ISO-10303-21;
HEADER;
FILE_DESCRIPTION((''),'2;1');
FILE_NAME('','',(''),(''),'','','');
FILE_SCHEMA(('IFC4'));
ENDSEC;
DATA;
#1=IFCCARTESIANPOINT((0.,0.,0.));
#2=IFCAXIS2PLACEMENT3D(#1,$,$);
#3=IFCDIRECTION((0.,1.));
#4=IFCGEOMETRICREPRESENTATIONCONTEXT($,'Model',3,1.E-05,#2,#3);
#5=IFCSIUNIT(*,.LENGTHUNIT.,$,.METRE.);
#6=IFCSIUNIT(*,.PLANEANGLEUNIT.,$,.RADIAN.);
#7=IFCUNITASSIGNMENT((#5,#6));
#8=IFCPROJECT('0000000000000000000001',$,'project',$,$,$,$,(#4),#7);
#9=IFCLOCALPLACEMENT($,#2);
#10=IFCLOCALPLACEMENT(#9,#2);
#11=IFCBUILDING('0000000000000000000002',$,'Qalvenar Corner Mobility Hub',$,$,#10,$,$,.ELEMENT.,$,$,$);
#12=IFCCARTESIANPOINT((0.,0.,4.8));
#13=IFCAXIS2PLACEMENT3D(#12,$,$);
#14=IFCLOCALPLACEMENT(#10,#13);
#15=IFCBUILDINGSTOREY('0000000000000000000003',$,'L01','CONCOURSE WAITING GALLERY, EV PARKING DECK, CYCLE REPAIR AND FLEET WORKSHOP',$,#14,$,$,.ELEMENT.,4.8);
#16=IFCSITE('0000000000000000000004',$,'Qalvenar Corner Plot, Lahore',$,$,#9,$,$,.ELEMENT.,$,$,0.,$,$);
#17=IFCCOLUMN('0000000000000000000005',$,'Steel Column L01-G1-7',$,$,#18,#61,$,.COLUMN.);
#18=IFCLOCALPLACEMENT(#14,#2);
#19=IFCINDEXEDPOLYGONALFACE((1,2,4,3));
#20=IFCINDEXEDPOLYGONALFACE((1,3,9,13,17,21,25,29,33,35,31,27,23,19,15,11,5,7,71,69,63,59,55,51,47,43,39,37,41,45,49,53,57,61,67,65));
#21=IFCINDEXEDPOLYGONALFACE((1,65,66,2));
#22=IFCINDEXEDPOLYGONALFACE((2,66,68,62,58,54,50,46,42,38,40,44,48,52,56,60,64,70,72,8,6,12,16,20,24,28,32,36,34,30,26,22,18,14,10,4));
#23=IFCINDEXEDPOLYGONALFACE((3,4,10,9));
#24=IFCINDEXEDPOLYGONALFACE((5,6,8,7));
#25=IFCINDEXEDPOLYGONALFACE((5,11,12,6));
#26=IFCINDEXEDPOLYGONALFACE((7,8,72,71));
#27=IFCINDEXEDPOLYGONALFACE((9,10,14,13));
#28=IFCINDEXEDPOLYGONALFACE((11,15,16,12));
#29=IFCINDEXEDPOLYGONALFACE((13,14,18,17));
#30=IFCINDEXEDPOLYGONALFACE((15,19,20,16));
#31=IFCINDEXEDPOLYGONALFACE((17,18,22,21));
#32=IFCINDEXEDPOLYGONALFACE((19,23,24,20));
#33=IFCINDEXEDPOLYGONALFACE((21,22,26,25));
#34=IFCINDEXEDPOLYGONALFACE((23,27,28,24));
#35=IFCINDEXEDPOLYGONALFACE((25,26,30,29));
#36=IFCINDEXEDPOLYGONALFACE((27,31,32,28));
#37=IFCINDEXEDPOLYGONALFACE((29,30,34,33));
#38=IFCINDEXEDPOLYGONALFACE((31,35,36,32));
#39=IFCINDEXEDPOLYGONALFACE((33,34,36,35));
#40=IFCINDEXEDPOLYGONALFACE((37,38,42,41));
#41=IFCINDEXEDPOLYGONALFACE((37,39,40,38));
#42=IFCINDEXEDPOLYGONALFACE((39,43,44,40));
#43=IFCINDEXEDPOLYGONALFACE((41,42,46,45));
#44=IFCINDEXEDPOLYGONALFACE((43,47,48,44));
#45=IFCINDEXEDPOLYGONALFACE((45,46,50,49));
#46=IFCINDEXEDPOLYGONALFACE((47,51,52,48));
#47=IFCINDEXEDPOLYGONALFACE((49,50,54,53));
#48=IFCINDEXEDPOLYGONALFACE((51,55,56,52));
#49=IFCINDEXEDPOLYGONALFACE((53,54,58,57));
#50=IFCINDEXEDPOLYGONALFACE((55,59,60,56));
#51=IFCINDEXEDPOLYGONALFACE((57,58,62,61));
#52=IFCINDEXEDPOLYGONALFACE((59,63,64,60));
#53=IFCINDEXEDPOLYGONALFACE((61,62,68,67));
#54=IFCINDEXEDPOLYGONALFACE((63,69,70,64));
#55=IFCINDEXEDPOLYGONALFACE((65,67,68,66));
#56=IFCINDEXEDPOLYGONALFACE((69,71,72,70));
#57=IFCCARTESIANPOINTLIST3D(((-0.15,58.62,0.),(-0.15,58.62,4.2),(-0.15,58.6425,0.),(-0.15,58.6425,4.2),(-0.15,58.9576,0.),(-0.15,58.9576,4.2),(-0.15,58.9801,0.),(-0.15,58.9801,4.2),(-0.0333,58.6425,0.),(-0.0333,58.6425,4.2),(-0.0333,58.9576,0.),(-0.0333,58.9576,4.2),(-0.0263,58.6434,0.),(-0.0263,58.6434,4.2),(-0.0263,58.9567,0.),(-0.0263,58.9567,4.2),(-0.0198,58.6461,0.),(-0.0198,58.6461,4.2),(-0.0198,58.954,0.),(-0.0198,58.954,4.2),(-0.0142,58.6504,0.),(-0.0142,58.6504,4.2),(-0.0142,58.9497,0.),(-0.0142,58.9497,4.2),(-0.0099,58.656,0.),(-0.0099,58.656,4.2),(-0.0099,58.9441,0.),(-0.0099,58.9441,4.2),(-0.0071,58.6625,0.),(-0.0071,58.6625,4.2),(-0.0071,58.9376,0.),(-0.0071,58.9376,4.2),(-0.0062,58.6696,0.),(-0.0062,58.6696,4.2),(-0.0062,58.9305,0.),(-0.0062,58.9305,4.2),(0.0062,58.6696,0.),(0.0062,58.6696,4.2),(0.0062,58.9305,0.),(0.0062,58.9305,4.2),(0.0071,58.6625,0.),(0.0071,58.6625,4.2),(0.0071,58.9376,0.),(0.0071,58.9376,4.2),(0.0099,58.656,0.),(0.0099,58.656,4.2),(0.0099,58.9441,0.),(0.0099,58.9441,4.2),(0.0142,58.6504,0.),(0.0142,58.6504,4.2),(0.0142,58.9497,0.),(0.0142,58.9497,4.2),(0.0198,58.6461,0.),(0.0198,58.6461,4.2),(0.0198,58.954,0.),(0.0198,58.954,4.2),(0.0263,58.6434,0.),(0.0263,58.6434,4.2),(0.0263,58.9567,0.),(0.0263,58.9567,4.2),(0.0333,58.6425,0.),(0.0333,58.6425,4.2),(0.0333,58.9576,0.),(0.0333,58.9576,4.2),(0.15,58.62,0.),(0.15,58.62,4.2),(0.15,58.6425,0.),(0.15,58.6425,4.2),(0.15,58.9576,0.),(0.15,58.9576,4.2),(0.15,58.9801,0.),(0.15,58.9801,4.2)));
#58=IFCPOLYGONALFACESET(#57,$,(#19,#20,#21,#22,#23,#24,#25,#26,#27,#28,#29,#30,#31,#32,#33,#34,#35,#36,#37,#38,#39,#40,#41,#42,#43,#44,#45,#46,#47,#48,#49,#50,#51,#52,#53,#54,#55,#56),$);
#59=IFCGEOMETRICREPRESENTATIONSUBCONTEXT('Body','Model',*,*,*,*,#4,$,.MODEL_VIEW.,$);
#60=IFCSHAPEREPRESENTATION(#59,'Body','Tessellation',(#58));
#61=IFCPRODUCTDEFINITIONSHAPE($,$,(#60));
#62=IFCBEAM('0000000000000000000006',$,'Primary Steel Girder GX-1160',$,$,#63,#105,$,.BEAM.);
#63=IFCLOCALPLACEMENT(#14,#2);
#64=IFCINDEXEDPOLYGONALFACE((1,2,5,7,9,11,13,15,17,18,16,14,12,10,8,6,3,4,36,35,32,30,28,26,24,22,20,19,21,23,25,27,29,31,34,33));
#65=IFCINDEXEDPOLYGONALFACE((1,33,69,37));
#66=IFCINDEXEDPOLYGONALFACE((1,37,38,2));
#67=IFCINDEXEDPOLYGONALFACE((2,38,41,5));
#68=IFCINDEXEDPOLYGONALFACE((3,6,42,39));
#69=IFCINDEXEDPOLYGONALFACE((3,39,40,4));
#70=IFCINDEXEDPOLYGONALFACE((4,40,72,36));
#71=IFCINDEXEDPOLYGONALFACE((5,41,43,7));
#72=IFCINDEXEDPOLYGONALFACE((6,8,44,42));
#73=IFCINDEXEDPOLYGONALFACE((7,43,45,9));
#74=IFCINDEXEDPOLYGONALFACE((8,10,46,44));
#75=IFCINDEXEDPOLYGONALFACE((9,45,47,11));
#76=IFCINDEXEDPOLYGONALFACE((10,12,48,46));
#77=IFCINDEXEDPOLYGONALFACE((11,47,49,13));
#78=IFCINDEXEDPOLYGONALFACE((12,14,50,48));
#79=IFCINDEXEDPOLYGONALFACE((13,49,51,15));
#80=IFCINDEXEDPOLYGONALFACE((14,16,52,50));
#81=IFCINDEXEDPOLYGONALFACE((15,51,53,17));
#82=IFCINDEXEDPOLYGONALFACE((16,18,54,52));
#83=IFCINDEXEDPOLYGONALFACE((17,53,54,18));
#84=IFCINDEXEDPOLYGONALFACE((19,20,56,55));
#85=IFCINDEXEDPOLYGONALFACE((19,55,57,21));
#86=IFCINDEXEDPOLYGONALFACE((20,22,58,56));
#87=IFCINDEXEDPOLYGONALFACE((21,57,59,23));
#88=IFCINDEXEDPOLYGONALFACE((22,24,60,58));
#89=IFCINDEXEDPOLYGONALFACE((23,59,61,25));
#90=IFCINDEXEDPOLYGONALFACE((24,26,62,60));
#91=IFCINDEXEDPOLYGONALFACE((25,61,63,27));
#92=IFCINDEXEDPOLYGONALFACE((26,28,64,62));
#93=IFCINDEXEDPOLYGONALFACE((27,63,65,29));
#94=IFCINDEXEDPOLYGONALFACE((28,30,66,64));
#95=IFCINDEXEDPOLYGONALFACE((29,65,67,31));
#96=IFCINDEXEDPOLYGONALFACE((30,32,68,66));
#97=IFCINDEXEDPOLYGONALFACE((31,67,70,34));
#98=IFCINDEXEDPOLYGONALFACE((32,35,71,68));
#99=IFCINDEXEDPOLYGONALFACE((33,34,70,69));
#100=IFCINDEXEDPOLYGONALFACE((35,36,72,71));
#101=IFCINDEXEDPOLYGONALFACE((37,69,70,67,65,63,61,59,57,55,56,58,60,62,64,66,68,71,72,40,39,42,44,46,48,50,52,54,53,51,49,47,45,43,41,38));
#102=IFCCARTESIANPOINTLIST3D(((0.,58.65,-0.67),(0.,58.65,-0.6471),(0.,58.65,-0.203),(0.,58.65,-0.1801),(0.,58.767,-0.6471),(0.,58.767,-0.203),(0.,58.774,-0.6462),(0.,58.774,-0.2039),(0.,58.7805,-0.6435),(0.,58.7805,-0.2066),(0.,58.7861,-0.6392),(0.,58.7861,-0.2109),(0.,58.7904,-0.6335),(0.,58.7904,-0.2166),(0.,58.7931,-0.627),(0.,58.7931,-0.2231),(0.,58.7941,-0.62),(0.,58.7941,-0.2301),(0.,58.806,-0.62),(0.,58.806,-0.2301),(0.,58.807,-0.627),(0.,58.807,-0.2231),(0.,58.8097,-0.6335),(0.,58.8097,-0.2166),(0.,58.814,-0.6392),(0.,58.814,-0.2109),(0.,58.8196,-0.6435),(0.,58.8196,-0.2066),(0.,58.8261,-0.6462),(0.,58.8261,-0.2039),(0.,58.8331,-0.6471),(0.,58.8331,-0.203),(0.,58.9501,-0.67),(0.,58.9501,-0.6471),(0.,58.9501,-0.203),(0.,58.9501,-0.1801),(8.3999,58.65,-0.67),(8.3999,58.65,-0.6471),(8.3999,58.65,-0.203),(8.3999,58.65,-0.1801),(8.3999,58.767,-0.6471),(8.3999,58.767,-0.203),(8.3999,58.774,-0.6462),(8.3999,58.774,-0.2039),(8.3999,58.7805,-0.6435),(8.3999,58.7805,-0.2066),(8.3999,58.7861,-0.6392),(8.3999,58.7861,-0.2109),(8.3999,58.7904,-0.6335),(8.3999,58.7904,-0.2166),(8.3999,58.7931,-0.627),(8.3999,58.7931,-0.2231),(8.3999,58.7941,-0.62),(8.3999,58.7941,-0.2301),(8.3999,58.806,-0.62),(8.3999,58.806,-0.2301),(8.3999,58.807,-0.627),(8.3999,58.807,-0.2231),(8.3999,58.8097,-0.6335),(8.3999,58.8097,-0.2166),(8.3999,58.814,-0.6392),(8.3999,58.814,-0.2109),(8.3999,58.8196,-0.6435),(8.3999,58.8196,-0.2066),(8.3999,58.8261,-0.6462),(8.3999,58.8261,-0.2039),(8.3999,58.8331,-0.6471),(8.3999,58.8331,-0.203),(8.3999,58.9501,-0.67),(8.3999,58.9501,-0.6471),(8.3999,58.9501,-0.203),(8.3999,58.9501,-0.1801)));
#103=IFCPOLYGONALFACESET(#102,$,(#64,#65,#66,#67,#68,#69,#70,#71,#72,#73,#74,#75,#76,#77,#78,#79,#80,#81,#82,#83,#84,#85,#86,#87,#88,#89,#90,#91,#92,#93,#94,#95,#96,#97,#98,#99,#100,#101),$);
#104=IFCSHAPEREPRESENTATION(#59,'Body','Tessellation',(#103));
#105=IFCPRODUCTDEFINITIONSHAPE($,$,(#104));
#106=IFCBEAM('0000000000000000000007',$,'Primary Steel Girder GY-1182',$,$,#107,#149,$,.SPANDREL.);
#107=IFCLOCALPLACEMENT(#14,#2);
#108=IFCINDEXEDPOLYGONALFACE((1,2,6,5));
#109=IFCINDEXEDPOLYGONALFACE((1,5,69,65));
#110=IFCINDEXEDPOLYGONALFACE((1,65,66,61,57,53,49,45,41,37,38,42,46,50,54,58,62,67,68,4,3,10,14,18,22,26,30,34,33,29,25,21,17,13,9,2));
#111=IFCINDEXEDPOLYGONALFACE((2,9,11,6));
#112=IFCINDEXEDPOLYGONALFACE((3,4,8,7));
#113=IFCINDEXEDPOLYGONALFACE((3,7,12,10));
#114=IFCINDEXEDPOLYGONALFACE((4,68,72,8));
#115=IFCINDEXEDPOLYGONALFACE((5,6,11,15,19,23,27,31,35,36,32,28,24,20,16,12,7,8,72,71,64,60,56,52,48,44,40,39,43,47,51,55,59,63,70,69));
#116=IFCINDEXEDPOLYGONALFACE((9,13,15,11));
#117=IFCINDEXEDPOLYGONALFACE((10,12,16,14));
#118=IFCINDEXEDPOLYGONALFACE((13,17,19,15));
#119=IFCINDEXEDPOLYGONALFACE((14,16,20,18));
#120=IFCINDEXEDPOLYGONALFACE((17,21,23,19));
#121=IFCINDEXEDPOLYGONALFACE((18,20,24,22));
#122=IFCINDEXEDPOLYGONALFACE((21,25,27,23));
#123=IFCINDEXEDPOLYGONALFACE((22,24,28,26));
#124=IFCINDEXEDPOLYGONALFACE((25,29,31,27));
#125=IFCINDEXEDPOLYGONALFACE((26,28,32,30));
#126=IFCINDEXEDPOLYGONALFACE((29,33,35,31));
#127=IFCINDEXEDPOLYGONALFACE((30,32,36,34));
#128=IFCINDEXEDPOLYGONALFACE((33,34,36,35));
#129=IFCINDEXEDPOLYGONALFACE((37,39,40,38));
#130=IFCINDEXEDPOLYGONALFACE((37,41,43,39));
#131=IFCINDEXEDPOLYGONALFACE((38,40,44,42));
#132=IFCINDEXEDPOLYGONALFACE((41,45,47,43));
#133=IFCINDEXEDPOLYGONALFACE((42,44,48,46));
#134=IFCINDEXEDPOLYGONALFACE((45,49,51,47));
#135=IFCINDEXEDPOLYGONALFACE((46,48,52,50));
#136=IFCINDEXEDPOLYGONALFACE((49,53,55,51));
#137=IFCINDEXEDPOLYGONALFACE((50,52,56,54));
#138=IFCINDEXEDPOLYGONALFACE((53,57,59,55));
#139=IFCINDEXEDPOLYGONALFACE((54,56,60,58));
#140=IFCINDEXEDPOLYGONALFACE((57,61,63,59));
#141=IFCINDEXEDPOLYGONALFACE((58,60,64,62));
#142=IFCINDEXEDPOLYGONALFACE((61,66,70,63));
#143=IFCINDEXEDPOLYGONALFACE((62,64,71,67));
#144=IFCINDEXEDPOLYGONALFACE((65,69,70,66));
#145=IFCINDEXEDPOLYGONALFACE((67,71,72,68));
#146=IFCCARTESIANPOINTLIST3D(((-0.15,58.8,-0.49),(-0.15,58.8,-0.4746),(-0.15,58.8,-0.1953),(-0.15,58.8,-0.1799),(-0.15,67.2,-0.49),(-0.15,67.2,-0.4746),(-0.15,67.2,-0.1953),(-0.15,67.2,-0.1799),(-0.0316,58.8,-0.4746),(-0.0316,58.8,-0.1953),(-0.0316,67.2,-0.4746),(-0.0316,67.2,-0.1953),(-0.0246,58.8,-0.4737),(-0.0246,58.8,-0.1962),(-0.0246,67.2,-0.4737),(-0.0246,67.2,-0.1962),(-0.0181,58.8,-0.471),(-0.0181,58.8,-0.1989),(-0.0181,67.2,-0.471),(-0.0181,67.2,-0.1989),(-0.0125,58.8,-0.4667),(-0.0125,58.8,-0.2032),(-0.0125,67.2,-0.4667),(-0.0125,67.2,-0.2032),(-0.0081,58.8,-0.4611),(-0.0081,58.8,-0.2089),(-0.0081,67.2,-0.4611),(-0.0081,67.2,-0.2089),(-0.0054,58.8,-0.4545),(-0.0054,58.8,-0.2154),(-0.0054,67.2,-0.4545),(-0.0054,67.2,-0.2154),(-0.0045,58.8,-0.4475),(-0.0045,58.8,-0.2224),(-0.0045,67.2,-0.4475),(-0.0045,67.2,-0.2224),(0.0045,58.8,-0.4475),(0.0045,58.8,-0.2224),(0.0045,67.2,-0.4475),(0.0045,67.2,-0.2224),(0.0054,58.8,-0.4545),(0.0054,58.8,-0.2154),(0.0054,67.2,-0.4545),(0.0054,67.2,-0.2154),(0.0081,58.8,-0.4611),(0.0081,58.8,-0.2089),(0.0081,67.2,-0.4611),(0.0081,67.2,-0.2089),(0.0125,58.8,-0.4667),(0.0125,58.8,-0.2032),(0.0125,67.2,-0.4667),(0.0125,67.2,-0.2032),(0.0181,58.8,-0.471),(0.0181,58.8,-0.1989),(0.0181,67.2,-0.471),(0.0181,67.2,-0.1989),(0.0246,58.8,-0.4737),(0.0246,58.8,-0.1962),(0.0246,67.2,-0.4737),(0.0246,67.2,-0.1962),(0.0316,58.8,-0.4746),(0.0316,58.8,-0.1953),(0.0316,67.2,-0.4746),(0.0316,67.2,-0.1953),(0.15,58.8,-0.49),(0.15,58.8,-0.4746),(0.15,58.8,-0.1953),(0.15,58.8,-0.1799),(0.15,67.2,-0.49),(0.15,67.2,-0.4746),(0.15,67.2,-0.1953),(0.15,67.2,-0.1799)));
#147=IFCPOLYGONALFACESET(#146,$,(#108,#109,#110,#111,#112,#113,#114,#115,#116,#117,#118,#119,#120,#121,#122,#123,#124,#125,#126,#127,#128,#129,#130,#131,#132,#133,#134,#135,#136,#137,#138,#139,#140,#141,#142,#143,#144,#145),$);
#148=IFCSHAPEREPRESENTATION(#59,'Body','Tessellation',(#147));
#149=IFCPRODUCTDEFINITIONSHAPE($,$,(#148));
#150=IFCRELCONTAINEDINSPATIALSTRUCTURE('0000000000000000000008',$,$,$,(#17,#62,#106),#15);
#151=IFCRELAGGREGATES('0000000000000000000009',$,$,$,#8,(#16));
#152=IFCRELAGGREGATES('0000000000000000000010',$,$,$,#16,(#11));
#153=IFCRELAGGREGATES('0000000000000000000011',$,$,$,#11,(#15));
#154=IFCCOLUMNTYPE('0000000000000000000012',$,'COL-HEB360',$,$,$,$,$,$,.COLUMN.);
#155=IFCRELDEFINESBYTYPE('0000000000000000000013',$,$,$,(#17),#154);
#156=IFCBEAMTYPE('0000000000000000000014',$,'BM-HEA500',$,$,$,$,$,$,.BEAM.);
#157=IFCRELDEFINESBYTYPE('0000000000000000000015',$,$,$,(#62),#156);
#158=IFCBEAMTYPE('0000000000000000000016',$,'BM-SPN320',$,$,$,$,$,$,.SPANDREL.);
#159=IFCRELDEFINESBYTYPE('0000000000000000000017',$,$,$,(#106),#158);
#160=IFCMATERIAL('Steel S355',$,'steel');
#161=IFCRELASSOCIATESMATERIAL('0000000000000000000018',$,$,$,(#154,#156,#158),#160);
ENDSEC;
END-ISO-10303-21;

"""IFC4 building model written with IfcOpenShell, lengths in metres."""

from ifc_helpers import new_model, si_unit, direction, frame, origin, origin_2d, place, context, subcontext, project, spatial, i_section, extrude, material, material_profile, profile_set, type_object, element, save


model = new_model("IFC4")

# Units and contexts
model_context = context("Model", 3, precision=1e-05, world=origin(), true_north=direction((0.0, 1.0)))
body_context = subcontext(model_context, "Body", "Model", "MODEL_VIEW")
ifc_project = project(units=[si_unit("LENGTHUNIT", "METRE"), si_unit("PLANEANGLEUNIT", "RADIAN")], contexts=[model_context])

# Site, building, storey
site_placement = place(None, origin())
site = spatial("IfcSite", under=ifc_project, at=site_placement, Name="Qalvenar Corner Plot, Lahore", CompositionType="ELEMENT", RefElevation=0.0)
building_placement = place(site_placement, origin())
building = spatial("IfcBuilding", under=site, at=building_placement, Name="Qalvenar Corner Mobility Hub", CompositionType="ELEMENT")
storey_placement = place(building_placement, frame((0.0, 0.0, 4.8)))
storey = spatial("IfcBuildingStorey", under=building, at=storey_placement, Name="L01", Description="CONCOURSE WAITING GALLERY, EV PARKING DECK, CYCLE REPAIR AND FLEET WORKSHOP", CompositionType="ELEMENT", Elevation=4.8)

# Column
ifc_material_1 = material(Name="Steel S355", Category="steel")
ifc_material_profile_1 = material_profile(ifc_material_1, i_section(OverallWidth=0.3, OverallDepth=0.3601, WebThickness=0.0125, FlangeThickness=0.0225, FilletRadius=0.0271, at=origin_2d()), Name="HEB360")
ifc_profile_set_1 = profile_set([ifc_material_profile_1], Name="Steel S355")
column_type = type_object("IfcColumnType", Name="COL-HEB360", PredefinedType="COLUMN", material=ifc_profile_set_1)
column_placement = place(storey_placement, frame((0.0, 58.8, 0.0), z_axis=(0.0, 0.0, 1.0), x_axis=(1.0, 0.0, 0.0)))
element("IfcColumn", 1, at=column_placement, inside=storey, type_object=column_type, Name="Steel Column L01-G1-7", PredefinedType="COLUMN", context=body_context, shape_type="SweptSolid", body=[
    extrude(i_section(OverallWidth=0.3, OverallDepth=0.3601, WebThickness=0.0125, FlangeThickness=0.0225, FilletRadius=0.0271, at=origin_2d()), origin(), (0.0, 0.0, 1.0), 4.2),
])

# Beams
ifc_material_profile_2 = material_profile(ifc_material_1, i_section(OverallWidth=0.3, OverallDepth=0.49, WebThickness=0.012, FlangeThickness=0.0229, FilletRadius=0.0271, at=origin_2d()), Name="HEA500")
ifc_profile_set_2 = profile_set([ifc_material_profile_2], Name="Steel S355")
beam_type_1 = type_object("IfcBeamType", Name="BM-HEA500", PredefinedType="BEAM", material=ifc_profile_set_2)
beam_1_placement = place(storey_placement, frame((0.0, 58.8, -0.425), z_axis=(1.0, 0.0, 0.0), x_axis=(0.0, 1.0, 0.0)))
element("IfcBeam", 2, at=beam_1_placement, inside=storey, type_object=beam_type_1, Name="Primary Steel Girder GX-1160", PredefinedType="BEAM", context=body_context, shape_type="SweptSolid", body=[
    extrude(i_section(OverallWidth=0.3, OverallDepth=0.49, WebThickness=0.012, FlangeThickness=0.0229, FilletRadius=0.0271, at=origin_2d()), origin(), (0.0, 0.0, 1.0), 8.3999),
])
ifc_material_profile_3 = material_profile(ifc_material_1, i_section(OverallWidth=0.3, OverallDepth=0.3101, WebThickness=0.009, FlangeThickness=0.0154, FilletRadius=0.0271, at=origin_2d()), Name="HEA320")
ifc_profile_set_3 = profile_set([ifc_material_profile_3], Name="Steel S355")
beam_type_2 = type_object("IfcBeamType", Name="BM-SPN320", PredefinedType="SPANDREL", material=ifc_profile_set_3)
beam_2_placement = place(storey_placement, frame((0.0, 58.8, -0.335), z_axis=(0.0, 1.0, 0.0), x_axis=(-1.0, 0.0, 0.0)))
element("IfcBeam", 3, at=beam_2_placement, inside=storey, type_object=beam_type_2, Name="Primary Steel Girder GY-1182", PredefinedType="SPANDREL", context=body_context, shape_type="SweptSolid", body=[
    extrude(i_section(OverallWidth=0.3, OverallDepth=0.3101, WebThickness=0.009, FlangeThickness=0.0154, FilletRadius=0.0271, at=origin_2d()), origin(), (0.0, 0.0, 1.0), 8.3999),
])

save(model, "model.ifc")
